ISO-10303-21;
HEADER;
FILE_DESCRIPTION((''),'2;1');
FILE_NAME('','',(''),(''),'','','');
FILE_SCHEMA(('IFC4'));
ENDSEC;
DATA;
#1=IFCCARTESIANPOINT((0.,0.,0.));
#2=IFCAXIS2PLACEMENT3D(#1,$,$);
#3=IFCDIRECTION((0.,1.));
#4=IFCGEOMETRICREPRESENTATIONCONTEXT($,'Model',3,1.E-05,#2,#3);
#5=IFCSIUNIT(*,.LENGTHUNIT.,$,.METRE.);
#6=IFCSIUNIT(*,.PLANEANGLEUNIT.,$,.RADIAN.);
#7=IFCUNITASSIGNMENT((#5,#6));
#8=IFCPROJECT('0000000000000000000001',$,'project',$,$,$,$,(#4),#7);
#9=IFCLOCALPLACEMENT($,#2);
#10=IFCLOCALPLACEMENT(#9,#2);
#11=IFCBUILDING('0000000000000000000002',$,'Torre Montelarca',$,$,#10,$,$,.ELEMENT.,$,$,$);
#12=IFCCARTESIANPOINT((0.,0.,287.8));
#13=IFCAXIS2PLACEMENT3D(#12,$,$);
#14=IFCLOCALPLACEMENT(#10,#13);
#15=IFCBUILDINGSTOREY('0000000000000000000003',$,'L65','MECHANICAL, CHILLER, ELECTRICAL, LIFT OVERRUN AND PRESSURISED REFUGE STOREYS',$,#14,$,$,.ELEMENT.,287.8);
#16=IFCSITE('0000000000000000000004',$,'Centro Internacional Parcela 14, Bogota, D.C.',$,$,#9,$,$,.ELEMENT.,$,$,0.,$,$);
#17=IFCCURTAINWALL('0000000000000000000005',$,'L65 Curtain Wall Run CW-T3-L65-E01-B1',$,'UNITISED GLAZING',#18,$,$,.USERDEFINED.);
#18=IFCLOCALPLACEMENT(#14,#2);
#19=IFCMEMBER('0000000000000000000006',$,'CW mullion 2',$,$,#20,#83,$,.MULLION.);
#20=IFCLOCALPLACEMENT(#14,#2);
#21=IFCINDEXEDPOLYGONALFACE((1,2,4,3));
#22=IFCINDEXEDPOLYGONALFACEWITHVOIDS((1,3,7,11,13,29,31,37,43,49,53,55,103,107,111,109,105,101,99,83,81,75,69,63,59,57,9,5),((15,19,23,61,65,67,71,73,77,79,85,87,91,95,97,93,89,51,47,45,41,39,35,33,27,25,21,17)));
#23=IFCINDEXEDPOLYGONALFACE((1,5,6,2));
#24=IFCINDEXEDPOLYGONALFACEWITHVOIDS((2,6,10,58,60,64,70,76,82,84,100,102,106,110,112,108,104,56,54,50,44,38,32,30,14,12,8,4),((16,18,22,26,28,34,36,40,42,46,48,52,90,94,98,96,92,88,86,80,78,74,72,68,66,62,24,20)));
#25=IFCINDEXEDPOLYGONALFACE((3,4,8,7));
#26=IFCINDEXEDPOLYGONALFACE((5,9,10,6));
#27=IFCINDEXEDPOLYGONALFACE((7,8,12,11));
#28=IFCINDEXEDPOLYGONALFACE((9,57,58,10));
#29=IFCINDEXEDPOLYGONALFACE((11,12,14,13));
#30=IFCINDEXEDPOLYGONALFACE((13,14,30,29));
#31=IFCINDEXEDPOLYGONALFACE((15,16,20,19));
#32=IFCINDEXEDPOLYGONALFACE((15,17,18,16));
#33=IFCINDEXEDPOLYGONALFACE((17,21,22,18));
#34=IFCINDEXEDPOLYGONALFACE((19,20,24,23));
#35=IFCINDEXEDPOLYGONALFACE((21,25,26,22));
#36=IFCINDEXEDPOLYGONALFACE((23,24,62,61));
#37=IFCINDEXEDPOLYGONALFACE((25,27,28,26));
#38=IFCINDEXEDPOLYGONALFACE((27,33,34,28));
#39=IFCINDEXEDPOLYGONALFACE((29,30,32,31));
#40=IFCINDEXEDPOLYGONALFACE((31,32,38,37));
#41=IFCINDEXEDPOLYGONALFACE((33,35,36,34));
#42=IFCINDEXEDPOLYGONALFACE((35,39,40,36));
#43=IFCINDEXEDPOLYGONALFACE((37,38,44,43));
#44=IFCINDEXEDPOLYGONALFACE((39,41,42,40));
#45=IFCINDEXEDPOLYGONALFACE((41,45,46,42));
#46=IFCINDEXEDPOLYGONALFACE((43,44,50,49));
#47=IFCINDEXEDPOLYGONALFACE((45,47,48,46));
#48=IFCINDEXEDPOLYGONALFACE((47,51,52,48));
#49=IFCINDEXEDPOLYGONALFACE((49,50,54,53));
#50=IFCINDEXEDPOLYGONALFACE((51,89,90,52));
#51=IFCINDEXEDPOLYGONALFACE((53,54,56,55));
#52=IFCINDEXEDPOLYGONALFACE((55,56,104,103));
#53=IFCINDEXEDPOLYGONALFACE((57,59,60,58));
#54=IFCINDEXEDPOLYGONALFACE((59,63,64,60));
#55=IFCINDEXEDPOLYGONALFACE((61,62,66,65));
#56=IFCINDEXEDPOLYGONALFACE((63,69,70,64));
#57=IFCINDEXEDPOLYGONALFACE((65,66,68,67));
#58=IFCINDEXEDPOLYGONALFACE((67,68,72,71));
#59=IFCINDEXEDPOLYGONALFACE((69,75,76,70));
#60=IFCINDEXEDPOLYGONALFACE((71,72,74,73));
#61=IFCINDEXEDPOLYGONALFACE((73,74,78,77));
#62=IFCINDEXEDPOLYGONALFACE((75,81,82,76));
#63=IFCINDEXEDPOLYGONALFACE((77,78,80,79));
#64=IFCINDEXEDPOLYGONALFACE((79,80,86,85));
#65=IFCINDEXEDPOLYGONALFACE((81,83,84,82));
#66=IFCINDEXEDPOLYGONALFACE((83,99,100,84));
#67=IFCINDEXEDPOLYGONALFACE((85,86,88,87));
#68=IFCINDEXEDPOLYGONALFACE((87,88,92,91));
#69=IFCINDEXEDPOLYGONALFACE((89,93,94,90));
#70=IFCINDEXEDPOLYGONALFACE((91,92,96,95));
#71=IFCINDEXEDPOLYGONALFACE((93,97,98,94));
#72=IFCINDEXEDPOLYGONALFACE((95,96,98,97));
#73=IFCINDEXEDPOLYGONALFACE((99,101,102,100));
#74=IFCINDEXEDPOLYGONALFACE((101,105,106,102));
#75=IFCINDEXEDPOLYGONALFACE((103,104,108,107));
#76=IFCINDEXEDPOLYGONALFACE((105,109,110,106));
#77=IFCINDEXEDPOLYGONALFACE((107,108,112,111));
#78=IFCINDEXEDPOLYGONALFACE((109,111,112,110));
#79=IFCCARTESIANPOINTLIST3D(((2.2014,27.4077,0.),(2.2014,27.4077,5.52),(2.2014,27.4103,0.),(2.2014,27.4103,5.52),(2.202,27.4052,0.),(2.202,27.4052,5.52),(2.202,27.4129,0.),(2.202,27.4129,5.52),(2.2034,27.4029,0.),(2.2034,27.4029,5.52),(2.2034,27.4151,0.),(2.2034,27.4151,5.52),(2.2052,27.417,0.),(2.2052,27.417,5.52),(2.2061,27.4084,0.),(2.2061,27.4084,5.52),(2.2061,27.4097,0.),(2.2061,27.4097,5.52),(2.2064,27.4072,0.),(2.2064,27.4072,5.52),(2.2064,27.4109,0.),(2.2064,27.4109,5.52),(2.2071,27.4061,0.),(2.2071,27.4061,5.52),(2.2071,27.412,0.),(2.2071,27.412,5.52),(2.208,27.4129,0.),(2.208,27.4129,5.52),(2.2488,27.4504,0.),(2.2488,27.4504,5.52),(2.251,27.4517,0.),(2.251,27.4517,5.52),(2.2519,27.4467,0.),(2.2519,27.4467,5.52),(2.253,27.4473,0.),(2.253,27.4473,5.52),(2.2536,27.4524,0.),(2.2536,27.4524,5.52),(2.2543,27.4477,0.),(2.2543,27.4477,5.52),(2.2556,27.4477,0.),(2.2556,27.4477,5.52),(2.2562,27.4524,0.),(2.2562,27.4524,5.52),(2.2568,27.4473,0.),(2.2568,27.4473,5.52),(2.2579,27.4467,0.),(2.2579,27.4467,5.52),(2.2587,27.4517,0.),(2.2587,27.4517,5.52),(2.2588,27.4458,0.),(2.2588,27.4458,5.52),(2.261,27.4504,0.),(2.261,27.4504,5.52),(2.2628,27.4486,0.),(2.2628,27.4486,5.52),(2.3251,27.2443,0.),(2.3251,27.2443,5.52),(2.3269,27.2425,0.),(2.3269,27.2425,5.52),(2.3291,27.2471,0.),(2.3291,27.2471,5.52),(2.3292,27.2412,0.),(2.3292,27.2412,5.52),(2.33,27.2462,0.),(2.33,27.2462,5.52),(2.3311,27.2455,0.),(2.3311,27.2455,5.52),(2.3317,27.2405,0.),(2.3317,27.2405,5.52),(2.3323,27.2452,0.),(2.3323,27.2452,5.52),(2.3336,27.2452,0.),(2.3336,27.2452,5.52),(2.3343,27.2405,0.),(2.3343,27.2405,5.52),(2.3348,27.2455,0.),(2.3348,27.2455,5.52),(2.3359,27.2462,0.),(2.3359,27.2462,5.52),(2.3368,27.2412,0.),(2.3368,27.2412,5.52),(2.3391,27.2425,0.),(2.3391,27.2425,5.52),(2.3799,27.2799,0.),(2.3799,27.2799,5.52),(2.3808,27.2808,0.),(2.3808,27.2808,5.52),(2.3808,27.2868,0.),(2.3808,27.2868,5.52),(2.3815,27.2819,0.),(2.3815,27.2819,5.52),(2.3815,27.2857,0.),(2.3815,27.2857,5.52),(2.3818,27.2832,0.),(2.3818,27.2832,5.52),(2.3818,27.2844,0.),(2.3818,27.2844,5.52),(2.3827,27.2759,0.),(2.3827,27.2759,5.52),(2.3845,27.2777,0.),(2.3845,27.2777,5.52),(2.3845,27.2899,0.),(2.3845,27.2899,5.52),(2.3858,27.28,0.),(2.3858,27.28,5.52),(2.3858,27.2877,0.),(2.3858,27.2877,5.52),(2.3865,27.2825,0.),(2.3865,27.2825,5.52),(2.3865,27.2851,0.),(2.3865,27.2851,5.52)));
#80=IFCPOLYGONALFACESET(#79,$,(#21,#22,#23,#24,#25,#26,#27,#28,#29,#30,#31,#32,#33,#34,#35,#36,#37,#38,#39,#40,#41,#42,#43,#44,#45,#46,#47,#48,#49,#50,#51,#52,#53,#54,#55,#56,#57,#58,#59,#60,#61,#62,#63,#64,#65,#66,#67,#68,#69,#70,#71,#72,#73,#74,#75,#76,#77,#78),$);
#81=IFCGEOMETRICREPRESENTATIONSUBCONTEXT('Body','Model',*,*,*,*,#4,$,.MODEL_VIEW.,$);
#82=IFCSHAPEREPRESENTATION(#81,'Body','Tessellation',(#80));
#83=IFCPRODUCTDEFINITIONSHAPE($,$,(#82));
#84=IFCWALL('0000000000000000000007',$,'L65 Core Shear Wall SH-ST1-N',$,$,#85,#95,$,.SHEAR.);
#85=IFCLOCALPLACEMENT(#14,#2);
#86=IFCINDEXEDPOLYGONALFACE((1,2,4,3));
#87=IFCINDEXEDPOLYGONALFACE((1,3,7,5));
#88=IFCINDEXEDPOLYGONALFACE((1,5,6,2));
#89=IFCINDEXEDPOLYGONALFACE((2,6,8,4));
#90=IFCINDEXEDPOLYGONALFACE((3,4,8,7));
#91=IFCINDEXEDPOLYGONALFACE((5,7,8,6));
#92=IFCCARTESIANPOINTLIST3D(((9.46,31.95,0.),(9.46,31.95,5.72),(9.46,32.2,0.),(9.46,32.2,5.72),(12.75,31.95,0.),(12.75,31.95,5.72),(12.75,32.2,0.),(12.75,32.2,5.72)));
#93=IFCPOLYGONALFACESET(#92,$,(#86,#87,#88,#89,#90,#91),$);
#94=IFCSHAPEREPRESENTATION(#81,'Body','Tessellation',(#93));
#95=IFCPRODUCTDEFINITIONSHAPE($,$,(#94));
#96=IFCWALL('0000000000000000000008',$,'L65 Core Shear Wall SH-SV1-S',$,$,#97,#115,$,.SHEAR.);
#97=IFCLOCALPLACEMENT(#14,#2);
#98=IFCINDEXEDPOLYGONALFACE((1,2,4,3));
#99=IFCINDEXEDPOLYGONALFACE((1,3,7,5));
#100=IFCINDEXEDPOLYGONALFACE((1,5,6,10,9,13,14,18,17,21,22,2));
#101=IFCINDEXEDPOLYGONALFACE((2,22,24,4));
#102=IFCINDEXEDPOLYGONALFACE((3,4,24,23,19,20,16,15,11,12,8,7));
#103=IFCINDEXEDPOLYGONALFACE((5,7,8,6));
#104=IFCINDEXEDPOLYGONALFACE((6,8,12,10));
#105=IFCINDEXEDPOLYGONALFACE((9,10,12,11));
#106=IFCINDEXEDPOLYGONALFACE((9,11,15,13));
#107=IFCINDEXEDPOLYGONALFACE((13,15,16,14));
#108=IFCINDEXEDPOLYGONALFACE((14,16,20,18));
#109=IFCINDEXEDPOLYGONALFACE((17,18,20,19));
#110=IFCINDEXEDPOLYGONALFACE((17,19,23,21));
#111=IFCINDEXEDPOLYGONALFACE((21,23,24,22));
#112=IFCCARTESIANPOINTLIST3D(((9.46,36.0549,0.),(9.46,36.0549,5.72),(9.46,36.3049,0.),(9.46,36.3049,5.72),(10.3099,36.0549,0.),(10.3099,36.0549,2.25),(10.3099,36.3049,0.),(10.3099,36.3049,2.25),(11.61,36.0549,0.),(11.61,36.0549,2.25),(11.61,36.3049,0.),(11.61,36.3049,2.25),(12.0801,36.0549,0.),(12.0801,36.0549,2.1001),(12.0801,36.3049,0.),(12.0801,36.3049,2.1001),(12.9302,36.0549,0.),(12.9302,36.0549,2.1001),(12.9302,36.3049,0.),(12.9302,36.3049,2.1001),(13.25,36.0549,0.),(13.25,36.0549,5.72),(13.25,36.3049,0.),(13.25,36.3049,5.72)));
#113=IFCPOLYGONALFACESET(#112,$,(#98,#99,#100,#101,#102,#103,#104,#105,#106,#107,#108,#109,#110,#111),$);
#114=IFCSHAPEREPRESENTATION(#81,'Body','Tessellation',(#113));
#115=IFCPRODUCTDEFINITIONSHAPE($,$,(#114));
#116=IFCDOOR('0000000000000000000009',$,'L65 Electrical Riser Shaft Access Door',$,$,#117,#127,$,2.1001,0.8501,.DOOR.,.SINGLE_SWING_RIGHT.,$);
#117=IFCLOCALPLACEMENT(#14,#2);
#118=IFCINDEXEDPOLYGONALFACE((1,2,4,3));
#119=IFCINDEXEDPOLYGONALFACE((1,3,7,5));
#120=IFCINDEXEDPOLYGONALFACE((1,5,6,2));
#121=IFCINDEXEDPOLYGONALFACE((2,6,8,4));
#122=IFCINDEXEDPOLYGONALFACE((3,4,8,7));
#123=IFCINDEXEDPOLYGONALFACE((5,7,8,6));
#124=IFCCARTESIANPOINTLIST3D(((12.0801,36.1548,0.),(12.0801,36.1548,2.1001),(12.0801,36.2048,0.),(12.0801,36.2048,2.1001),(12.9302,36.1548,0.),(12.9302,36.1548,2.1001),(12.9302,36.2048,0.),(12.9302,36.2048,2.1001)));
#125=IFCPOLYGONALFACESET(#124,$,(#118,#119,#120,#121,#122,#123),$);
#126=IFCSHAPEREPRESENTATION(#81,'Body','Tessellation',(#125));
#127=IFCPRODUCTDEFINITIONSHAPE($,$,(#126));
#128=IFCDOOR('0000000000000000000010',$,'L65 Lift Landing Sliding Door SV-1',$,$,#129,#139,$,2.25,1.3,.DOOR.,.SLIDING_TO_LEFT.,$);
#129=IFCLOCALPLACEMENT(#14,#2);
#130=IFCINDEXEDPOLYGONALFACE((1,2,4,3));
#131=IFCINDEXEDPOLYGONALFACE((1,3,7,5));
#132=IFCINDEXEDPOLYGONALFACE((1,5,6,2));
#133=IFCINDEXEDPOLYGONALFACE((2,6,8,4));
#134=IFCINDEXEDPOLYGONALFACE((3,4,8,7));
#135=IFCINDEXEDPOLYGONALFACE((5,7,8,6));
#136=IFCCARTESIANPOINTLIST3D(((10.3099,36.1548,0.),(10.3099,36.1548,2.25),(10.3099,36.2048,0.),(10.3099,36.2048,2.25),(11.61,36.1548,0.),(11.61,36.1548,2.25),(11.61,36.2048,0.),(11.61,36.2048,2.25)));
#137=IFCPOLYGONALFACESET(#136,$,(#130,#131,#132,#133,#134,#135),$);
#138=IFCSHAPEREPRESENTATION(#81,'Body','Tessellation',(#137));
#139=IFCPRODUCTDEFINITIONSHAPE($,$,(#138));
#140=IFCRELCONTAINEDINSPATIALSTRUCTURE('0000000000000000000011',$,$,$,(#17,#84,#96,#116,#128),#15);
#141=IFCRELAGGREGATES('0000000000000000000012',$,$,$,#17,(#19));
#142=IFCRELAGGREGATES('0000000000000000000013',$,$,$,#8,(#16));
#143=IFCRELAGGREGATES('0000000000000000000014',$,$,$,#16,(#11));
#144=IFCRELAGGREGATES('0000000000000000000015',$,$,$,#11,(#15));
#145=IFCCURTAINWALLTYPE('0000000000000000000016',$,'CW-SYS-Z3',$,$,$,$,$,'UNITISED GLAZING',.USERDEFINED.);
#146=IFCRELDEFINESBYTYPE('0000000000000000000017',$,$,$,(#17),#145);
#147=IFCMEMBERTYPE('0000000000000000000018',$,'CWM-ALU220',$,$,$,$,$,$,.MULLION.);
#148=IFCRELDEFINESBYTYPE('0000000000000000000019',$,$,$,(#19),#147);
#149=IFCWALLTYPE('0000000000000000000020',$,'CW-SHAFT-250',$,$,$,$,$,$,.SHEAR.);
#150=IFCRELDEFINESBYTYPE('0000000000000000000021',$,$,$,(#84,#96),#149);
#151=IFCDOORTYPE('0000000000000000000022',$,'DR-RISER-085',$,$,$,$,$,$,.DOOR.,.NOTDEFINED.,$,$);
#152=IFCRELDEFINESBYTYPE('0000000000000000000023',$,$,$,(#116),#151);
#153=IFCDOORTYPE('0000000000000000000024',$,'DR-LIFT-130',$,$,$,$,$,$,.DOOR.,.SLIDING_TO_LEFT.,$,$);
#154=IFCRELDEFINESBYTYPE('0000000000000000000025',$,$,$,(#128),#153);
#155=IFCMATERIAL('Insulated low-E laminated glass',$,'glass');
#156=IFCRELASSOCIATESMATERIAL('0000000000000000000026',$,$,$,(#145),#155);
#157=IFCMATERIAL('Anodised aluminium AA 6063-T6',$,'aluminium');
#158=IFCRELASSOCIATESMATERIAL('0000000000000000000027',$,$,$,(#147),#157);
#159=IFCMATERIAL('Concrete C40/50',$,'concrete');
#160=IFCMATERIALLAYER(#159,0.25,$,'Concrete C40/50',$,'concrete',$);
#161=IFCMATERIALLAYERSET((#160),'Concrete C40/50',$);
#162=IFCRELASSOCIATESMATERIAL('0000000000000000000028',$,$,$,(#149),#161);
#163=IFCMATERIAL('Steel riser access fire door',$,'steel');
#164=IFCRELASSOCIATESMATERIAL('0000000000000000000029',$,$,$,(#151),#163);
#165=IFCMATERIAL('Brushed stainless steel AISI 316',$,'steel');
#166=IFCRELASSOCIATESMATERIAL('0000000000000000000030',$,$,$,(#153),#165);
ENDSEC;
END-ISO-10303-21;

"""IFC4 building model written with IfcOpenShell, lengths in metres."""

from ifc_helpers import new_model, si_unit, direction, frame, frame_2d, origin, origin_2d, place, context, subcontext, project, spatial, rectangle, hollow_rectangle, extrude, source, transform, mapped, material, layer, layer_set, material_profile, profile_set, type_object, element, fill, aggregate, save


model = new_model("IFC4")

# Units and contexts
model_context = context("Model", 3, precision=1e-05, world=origin(), true_north=direction((0.0, 1.0)))
body_context = subcontext(model_context, "Body", "Model", "MODEL_VIEW")
ifc_project = project(units=[si_unit("LENGTHUNIT", "METRE"), si_unit("PLANEANGLEUNIT", "RADIAN")], contexts=[model_context])

# Site, building, storey
site_placement = place(None, origin())
site = spatial("IfcSite", under=ifc_project, at=site_placement, Name="Centro Internacional Parcela 14, Bogota, D.C.", CompositionType="ELEMENT", RefElevation=0.0)
building_placement = place(site_placement, origin())
building = spatial("IfcBuilding", under=site, at=building_placement, Name="Torre Montelarca", CompositionType="ELEMENT")
storey_placement = place(building_placement, frame((0.0, 0.0, 287.8)))
storey = spatial("IfcBuildingStorey", under=building, at=storey_placement, Name="L65", Description="MECHANICAL, CHILLER, ELECTRICAL, LIFT OVERRUN AND PRESSURISED REFUGE STOREYS", CompositionType="ELEMENT", Elevation=287.8)

# Curtain wall, member
ifc_material_1 = material(Name="Insulated low-E laminated glass", Category="glass")
curtain_wall_type = type_object("IfcCurtainWallType", Name="CW-SYS-Z3", ElementType="UNITISED GLAZING", PredefinedType="USERDEFINED", material=ifc_material_1)
curtain_wall_placement = place(storey_placement, origin())
curtain_wall = element("IfcCurtainWall", 1, at=curtain_wall_placement, inside=storey, type_object=curtain_wall_type, Name="L65 Curtain Wall Run CW-T3-L65-E01-B1", ObjectType="UNITISED GLAZING", PredefinedType="USERDEFINED")
ifc_material_2 = material(Name="Anodised aluminium AA 6063-T6", Category="aluminium")
ifc_material_profile_1 = material_profile(ifc_material_2, hollow_rectangle(XDim=0.075, YDim=0.22, WallThickness=0.0049, InnerFilletRadius=0.0049, OuterFilletRadius=0.01, at=origin_2d()), Name="ALU75X220X5", Category="aluminium")
ifc_profile_set_1 = profile_set([ifc_material_profile_1], Name="Anodised aluminium AA 6063-T6")
member_type_1 = type_object("IfcMemberType", Name="CWM-ALU220", PredefinedType="MULLION", material=ifc_profile_set_1)
shared_shape_1 = source(origin(), body_context, "Body", "SweptSolid", [
    extrude(hollow_rectangle(XDim=0.075, YDim=0.22, WallThickness=0.0049, InnerFilletRadius=0.0049, OuterFilletRadius=0.01, at=origin_2d()), origin(), (0.0, 0.0, 1.0), 5.52),
])
member_1_placement = place(storey_placement, frame((2.2939, 27.3464, 0.0), z_axis=(0.0, 0.0, 1.0), x_axis=(0.793348, 0.608768, 0.0)))
member_1 = element("IfcMember", 2, at=member_1_placement, type_object=member_type_1, Name="CW mullion 2", PredefinedType="MULLION", context=body_context, shape_type="MappedRepresentation", body=[
    mapped(shared_shape_1, transform((0.0, 0.0, 0.0), scale=1.0)),
])
aggregate(curtain_wall, [member_1])

# Wall
ifc_material_3 = material(Name="Concrete C40/50", Category="concrete")
ifc_layer_1 = layer(ifc_material_3, 0.25, Name="Concrete C40/50", Category="concrete")
ifc_layer_set_1 = layer_set([ifc_layer_1], Name="Concrete C40/50")
wall_type_1 = type_object("IfcWallType", Name="CW-SHAFT-250", PredefinedType="SHEAR", material=ifc_layer_set_1)
wall_1_placement = place(storey_placement, frame((9.46, 32.075, 0.0), z_axis=(0.0, 0.0, 1.0), x_axis=(1.0, 0.0, 0.0)))
element("IfcWall", 3, at=wall_1_placement, inside=storey, type_object=wall_type_1, Name="L65 Core Shear Wall SH-ST1-N", PredefinedType="SHEAR", context=body_context, shape_type="SweptSolid", body=[
    extrude(rectangle(XDim=3.29, YDim=0.25, at=frame_2d((1.645, 0.0))), origin(), (0.0, 0.0, 1.0), 5.72),
])

# Wall, openings, doors
wall_2_placement = place(storey_placement, frame((9.46, 36.1799, 0.0), z_axis=(0.0, 0.0, 1.0), x_axis=(1.0, 0.0, 0.0)))
wall_2 = element("IfcWall", 4, at=wall_2_placement, inside=storey, type_object=wall_type_1, Name="L65 Core Shear Wall SH-SV1-S", PredefinedType="SHEAR", context=body_context, shape_type="SweptSolid", body=[
    extrude(rectangle(XDim=3.79, YDim=0.25, at=frame_2d((1.895, 0.0))), origin(), (0.0, 0.0, 1.0), 5.72),
])
opening_1_placement = place(wall_2_placement, frame((2.6201, 0.0, 0.0)))
opening_1 = element("IfcOpeningElement", 5, at=opening_1_placement, cuts=wall_2, PredefinedType="OPENING", context=body_context, shape_type="SweptSolid", body=[
    extrude(rectangle(XDim=0.8501, YDim=2.1001, at=frame_2d((0.425, 1.05))), frame((0.0, 0.135, 0.0), z_axis=(0.0, -1.0, 0.0), x_axis=(1.0, 0.0, 0.0)), (0.0, 0.0, 1.0), 0.27),
])
opening_2_placement = place(wall_2_placement, frame((0.8501, 0.0, 0.0)))
opening_2 = element("IfcOpeningElement", 6, at=opening_2_placement, cuts=wall_2, PredefinedType="OPENING", context=body_context, shape_type="SweptSolid", body=[
    extrude(rectangle(XDim=1.3, YDim=2.25, at=frame_2d((0.6499, 1.125))), frame((0.0, 0.135, 0.0), z_axis=(0.0, -1.0, 0.0), x_axis=(1.0, 0.0, 0.0)), (0.0, 0.0, 1.0), 0.27),
])
ifc_material_4 = material(Name="Steel riser access fire door", Category="steel")
door_type_1 = type_object("IfcDoorType", Name="DR-RISER-085", OperationType="NOTDEFINED", PredefinedType="DOOR", material=ifc_material_4)
shared_shape_2 = source(origin(), body_context, "Body", "SweptSolid", [
    extrude(rectangle(XDim=0.8501, YDim=2.1001, at=frame_2d((0.425, 1.05))), frame((0.0, 0.0249, 0.0), z_axis=(0.0, -1.0, 0.0), x_axis=(1.0, 0.0, 0.0)), (0.0, 0.0, 1.0), 0.05),
])
door_1_placement = place(opening_1_placement, origin())
door_1 = element("IfcDoor", 7, at=door_1_placement, inside=storey, type_object=door_type_1, Name="L65 Electrical Riser Shaft Access Door", OperationType="SINGLE_SWING_RIGHT", OverallHeight=2.1001, OverallWidth=0.8501, PredefinedType="DOOR", context=body_context, shape_type="MappedRepresentation", body=[
    mapped(shared_shape_2, transform((0.0, 0.0, 0.0), scale=1.0)),
])
fill(opening_1, door_1)
ifc_material_5 = material(Name="Brushed stainless steel AISI 316", Category="steel")
door_type_2 = type_object("IfcDoorType", Name="DR-LIFT-130", OperationType="SLIDING_TO_LEFT", PredefinedType="DOOR", material=ifc_material_5)
shared_shape_3 = source(origin(), body_context, "Body", "SweptSolid", [
    extrude(rectangle(XDim=1.3, YDim=2.25, at=frame_2d((0.6499, 1.125))), frame((0.0, 0.0249, 0.0), z_axis=(0.0, -1.0, 0.0), x_axis=(1.0, 0.0, 0.0)), (0.0, 0.0, 1.0), 0.05),
])
door_2_placement = place(opening_2_placement, origin())
door_2 = element("IfcDoor", 8, at=door_2_placement, inside=storey, type_object=door_type_2, Name="L65 Lift Landing Sliding Door SV-1", OperationType="SLIDING_TO_LEFT", OverallHeight=2.25, OverallWidth=1.3, PredefinedType="DOOR", context=body_context, shape_type="MappedRepresentation", body=[
    mapped(shared_shape_3, transform((0.0, 0.0, 0.0), scale=1.0)),
])
fill(opening_2, door_2)

save(model, "model.ifc")
